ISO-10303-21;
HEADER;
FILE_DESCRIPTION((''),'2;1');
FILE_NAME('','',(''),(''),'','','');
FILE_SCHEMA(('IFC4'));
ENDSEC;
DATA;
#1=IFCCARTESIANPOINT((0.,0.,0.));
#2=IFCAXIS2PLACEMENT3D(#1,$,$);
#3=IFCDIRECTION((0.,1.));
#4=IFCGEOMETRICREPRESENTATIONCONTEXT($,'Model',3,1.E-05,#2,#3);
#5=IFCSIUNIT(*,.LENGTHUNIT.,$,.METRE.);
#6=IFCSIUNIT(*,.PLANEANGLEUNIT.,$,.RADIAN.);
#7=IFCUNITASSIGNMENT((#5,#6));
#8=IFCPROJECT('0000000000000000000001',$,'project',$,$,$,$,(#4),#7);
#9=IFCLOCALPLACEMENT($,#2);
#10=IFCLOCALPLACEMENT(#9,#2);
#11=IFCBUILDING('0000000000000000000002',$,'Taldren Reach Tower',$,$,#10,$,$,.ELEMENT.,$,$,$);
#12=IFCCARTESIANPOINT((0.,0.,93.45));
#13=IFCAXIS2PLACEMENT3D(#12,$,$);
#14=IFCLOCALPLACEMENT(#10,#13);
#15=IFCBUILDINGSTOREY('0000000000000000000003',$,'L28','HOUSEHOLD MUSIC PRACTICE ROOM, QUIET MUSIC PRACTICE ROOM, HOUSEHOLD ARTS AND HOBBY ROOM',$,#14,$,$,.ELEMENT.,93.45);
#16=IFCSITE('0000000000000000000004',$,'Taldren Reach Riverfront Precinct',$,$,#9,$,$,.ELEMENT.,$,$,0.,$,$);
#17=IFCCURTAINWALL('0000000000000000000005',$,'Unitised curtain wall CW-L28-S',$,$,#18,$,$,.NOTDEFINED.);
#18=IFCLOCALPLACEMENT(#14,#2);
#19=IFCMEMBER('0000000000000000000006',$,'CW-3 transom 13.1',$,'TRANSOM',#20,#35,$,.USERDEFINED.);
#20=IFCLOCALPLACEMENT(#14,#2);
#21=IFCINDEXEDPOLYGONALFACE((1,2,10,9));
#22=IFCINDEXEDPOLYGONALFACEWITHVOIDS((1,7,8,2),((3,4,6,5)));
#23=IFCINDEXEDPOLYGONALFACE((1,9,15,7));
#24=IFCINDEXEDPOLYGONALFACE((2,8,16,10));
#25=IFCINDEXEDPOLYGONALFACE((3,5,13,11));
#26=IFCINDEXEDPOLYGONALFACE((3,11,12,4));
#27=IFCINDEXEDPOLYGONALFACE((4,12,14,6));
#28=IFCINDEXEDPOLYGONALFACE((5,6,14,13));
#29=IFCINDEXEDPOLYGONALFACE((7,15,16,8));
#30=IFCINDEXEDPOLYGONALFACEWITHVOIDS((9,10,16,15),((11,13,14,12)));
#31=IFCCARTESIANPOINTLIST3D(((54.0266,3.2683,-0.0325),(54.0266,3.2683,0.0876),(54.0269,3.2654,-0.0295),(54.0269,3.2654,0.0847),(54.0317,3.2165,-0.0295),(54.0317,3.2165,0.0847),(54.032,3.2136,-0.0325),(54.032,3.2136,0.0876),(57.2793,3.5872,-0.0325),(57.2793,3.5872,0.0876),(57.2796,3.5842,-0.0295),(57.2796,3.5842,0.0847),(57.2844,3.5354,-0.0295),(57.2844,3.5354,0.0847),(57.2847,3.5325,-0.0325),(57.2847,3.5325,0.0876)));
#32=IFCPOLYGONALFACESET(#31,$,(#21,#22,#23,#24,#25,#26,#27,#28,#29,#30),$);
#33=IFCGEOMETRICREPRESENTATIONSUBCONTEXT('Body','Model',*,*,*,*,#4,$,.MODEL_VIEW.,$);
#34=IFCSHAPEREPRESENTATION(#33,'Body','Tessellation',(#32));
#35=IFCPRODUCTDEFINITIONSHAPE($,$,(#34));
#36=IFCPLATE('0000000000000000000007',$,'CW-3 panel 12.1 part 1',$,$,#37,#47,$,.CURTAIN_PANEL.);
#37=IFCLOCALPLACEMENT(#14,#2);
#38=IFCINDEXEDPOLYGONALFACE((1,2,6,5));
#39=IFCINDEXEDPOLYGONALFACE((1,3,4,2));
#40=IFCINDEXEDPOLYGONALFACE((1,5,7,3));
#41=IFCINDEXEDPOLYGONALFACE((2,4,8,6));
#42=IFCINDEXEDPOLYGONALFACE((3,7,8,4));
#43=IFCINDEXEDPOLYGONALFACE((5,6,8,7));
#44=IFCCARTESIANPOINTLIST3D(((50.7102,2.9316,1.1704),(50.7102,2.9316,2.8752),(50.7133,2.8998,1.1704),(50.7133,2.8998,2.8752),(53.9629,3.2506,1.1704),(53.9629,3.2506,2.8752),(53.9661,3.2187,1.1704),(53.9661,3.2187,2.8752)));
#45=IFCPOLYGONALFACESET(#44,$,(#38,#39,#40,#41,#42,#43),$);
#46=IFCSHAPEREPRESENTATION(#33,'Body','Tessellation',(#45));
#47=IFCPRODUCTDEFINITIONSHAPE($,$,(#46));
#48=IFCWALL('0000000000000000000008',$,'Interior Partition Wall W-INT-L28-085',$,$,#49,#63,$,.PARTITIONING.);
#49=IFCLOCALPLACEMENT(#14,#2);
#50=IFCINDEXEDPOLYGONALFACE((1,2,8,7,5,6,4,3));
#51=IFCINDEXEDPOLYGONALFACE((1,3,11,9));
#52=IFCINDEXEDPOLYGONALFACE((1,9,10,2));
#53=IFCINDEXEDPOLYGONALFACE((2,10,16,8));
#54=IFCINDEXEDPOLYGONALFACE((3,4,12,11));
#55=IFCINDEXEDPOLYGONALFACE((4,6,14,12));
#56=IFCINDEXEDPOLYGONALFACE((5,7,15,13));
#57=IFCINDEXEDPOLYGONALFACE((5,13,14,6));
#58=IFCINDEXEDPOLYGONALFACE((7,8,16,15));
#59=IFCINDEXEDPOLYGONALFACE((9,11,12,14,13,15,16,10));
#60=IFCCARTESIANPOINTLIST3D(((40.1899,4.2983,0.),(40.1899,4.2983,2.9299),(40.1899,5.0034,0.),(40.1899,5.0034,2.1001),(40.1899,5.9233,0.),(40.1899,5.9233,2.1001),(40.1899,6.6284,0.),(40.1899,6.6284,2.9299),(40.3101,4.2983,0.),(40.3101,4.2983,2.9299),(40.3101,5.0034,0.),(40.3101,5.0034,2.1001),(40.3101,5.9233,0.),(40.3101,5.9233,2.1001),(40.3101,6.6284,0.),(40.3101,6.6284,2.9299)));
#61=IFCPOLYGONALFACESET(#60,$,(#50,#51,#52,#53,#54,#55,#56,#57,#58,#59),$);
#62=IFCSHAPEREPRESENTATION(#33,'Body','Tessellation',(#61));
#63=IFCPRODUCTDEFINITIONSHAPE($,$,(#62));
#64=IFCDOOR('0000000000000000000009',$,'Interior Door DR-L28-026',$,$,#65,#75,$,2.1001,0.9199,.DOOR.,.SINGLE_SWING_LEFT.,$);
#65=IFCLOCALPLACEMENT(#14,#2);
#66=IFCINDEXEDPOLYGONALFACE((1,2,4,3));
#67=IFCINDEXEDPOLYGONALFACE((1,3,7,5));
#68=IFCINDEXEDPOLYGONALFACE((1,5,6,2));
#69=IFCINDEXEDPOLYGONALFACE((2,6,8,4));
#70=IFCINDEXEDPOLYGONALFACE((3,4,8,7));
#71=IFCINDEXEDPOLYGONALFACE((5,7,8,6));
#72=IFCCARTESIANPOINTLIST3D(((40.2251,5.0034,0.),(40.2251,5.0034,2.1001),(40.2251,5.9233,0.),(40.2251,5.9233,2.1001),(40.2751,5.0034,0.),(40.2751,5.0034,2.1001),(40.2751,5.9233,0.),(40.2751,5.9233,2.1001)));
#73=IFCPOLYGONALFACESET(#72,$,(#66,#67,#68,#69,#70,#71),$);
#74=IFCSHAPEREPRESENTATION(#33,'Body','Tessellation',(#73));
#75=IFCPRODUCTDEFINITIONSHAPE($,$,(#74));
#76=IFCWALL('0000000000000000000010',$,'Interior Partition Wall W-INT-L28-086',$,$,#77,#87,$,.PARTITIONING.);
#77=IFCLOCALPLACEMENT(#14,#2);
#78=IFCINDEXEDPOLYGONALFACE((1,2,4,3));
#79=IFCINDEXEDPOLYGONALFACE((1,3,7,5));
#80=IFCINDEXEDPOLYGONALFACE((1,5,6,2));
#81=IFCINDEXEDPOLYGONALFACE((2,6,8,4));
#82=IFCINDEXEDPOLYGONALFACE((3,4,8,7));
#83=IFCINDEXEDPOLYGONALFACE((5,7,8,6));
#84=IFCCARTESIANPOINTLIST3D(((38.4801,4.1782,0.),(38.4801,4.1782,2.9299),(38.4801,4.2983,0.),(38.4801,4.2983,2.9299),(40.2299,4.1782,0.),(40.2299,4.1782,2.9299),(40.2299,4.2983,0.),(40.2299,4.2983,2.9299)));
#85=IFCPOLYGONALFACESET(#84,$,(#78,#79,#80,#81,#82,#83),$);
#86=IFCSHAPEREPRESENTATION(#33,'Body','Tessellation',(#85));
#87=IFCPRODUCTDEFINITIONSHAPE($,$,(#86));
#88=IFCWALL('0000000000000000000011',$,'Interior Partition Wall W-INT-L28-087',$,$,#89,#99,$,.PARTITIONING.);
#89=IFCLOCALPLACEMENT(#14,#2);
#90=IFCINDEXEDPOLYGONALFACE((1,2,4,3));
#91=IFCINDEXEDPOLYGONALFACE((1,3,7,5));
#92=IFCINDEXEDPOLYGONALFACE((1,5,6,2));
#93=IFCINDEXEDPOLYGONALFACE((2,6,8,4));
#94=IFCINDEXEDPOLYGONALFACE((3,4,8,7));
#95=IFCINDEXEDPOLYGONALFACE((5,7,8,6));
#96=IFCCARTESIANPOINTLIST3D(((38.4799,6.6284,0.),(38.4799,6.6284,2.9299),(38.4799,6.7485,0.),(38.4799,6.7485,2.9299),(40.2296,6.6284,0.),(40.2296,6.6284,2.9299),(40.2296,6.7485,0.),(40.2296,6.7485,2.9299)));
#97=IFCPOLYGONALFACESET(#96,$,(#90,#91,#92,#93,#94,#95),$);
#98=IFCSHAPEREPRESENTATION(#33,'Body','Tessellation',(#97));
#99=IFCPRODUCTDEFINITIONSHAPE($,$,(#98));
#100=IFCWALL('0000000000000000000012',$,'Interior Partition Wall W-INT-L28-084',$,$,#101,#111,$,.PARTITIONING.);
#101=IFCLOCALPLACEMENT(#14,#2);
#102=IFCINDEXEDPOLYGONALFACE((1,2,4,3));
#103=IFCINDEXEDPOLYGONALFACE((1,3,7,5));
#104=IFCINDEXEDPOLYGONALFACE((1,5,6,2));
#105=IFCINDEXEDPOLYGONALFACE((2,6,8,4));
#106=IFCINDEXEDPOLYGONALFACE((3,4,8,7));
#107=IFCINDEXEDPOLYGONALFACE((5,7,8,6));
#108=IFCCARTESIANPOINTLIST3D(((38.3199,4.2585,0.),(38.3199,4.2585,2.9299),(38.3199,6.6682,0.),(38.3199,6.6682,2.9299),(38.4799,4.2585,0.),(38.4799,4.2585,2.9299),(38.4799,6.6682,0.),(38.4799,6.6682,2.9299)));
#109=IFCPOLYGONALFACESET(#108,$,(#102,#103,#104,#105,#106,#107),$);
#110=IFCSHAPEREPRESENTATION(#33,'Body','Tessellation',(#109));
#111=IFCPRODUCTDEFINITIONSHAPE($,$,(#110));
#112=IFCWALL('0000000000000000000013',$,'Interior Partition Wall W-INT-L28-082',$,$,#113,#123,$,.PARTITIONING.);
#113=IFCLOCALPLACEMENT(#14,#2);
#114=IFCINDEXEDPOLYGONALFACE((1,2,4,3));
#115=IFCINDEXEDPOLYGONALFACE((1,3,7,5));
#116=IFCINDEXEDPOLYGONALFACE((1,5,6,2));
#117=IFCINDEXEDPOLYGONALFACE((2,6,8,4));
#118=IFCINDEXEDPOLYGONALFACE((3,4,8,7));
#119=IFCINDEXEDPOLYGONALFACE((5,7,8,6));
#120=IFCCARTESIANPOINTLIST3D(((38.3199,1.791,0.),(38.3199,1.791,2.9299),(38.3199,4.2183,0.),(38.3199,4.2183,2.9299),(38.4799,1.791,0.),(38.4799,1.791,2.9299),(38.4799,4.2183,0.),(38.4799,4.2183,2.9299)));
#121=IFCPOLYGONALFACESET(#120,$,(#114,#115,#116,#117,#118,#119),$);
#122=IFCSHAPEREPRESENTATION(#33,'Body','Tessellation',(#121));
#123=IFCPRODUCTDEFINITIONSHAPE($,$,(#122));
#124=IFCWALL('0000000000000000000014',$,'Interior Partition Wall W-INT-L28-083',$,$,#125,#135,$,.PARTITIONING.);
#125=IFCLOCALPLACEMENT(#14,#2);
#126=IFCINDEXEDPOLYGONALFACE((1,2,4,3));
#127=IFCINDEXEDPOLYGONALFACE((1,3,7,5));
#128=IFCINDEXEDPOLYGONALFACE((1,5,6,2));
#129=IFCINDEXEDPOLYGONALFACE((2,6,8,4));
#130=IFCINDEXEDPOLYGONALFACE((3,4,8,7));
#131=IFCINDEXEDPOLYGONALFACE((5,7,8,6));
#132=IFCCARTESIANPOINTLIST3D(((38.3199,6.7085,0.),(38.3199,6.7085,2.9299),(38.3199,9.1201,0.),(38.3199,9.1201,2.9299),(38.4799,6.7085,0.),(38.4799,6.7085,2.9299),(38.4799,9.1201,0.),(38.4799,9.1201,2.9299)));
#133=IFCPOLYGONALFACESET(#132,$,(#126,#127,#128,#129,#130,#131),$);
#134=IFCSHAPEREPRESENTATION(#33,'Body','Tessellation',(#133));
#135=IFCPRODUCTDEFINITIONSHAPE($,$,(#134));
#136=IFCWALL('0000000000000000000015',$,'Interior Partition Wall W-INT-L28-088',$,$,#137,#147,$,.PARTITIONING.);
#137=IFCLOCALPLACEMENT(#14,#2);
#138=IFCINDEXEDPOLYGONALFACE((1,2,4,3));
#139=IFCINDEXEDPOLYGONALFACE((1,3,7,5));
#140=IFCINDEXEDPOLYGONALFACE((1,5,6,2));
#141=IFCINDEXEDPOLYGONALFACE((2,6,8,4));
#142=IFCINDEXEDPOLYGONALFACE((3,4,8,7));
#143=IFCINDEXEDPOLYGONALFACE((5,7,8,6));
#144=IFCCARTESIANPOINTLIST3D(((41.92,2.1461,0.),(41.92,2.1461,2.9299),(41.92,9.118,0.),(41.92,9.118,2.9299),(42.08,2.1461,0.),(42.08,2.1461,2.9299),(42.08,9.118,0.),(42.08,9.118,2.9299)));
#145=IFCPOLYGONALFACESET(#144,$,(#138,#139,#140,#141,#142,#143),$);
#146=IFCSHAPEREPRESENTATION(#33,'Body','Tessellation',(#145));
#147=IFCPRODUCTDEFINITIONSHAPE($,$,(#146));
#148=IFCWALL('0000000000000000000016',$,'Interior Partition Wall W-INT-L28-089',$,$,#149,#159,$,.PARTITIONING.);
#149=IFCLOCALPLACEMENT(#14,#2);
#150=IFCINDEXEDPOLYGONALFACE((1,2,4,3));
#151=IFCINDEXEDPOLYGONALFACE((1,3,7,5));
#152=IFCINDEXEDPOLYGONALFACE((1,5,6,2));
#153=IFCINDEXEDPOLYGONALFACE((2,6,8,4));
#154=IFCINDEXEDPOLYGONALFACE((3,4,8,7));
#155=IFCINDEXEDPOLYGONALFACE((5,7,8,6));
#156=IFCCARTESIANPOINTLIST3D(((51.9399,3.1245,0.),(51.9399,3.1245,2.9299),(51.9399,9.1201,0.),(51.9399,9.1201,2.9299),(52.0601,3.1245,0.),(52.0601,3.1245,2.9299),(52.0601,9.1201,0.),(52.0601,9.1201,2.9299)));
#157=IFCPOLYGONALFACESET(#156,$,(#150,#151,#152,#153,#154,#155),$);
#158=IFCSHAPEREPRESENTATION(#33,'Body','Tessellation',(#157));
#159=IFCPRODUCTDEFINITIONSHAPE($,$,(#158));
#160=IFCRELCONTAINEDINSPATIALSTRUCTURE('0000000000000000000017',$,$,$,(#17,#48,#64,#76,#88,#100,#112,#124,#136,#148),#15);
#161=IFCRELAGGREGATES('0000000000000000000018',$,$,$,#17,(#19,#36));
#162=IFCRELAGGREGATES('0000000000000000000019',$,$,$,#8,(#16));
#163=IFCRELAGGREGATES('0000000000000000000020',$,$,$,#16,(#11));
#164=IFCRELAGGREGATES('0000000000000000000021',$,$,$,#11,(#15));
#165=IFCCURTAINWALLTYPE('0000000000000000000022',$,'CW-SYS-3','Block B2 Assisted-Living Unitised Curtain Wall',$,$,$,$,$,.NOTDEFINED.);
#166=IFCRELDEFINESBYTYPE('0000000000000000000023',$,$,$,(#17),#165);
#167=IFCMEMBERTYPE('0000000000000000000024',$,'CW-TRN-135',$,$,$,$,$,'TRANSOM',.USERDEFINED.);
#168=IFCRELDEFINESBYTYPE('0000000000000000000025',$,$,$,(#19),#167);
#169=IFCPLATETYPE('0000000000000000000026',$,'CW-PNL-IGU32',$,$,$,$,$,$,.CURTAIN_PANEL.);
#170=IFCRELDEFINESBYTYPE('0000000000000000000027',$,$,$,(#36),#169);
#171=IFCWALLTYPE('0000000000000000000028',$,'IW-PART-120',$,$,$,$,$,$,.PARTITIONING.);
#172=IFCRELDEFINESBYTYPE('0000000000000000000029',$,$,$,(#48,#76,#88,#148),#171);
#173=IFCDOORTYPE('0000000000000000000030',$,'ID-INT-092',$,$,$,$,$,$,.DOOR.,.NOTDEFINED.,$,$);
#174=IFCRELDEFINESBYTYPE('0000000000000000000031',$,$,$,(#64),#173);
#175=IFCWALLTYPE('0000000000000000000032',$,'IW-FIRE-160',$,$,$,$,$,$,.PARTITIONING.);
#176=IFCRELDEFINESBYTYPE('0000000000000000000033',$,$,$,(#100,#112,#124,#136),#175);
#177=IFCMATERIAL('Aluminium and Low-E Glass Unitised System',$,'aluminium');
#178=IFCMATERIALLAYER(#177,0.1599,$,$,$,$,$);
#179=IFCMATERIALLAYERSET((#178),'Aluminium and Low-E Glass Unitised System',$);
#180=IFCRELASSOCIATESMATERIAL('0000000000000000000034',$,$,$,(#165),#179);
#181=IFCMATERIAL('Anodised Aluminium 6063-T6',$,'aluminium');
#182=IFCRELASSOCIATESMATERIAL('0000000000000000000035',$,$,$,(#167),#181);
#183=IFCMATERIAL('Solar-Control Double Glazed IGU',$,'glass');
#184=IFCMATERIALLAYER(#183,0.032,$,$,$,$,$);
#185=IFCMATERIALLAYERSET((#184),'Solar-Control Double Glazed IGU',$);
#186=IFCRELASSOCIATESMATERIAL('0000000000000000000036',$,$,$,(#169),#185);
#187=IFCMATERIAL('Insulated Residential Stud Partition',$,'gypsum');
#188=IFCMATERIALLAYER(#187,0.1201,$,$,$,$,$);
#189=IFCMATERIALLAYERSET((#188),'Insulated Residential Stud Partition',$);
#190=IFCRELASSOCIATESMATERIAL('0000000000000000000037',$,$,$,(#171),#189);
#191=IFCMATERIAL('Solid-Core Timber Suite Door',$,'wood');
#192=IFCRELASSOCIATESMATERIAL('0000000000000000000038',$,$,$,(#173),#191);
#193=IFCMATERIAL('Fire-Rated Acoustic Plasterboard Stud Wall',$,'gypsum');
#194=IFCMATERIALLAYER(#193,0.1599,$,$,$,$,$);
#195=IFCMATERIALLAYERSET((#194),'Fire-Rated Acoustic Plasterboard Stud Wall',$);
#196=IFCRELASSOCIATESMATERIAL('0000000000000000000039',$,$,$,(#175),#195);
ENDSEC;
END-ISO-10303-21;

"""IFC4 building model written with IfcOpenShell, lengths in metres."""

from ifc_helpers import new_model, si_unit, direction, frame, frame_2d, origin, origin_2d, place, context, subcontext, project, spatial, rectangle, hollow_rectangle, extrude, source, transform, mapped, material, layer, layer_set, material_profile, profile_set, type_object, element, fill, aggregate, save


model = new_model("IFC4")

# Units and contexts
model_context = context("Model", 3, precision=1e-05, world=origin(), true_north=direction((0.0, 1.0)))
body_context = subcontext(model_context, "Body", "Model", "MODEL_VIEW")
ifc_project = project(units=[si_unit("LENGTHUNIT", "METRE"), si_unit("PLANEANGLEUNIT", "RADIAN")], contexts=[model_context])

# Site, building, storey
site_placement = place(None, origin())
site = spatial("IfcSite", under=ifc_project, at=site_placement, Name="Taldren Reach Riverfront Precinct", CompositionType="ELEMENT", RefElevation=0.0)
building_placement = place(site_placement, origin())
building = spatial("IfcBuilding", under=site, at=building_placement, Name="Taldren Reach Tower", CompositionType="ELEMENT")
storey_placement = place(building_placement, frame((0.0, 0.0, 93.45)))
storey = spatial("IfcBuildingStorey", under=building, at=storey_placement, Name="L28", Description="HOUSEHOLD MUSIC PRACTICE ROOM, QUIET MUSIC PRACTICE ROOM, HOUSEHOLD ARTS AND HOBBY ROOM", CompositionType="ELEMENT", Elevation=93.45)

# Curtain wall, member, plate
ifc_material_1 = material(Name="Aluminium and Low-E Glass Unitised System", Category="aluminium")
ifc_layer_1 = layer(ifc_material_1, 0.1599)
ifc_layer_set_1 = layer_set([ifc_layer_1], Name="Aluminium and Low-E Glass Unitised System")
curtain_wall_type = type_object("IfcCurtainWallType", Name="CW-SYS-3", Description="Block B2 Assisted-Living Unitised Curtain Wall", PredefinedType="NOTDEFINED", material=ifc_layer_set_1)
curtain_wall_placement = place(storey_placement, origin())
curtain_wall = element("IfcCurtainWall", 1, at=curtain_wall_placement, inside=storey, type_object=curtain_wall_type, Name="Unitised curtain wall CW-L28-S", PredefinedType="NOTDEFINED")
ifc_material_2 = material(Name="Anodised Aluminium 6063-T6", Category="aluminium")
ifc_material_profile_1 = material_profile(ifc_material_2, hollow_rectangle(XDim=0.0549, YDim=0.1201, WallThickness=0.0029, at=origin_2d()), Name="ALU-120x55x3RHS")
ifc_profile_set_1 = profile_set([ifc_material_profile_1], Name="Anodised Aluminium 6063-T6")
member_type_1 = type_object("IfcMemberType", Name="CW-TRN-135", ElementType="TRANSOM", PredefinedType="USERDEFINED", material=ifc_profile_set_1)
shared_shape_1 = source(origin(), body_context, "Body", "SweptSolid", [
    extrude(hollow_rectangle(XDim=0.0549, YDim=0.1201, WallThickness=0.0029, at=origin_2d()), origin(), (0.0, 0.0, 1.0), 3.2683),
])
member_1_placement = place(storey_placement, frame((54.0293, 3.241, 0.0276), z_axis=(0.99523, 0.097558, 0.0), x_axis=(-0.097558, 0.99523, 0.0)))
member_1 = element("IfcMember", 2, at=member_1_placement, type_object=member_type_1, Name="CW-3 transom 13.1", ObjectType="TRANSOM", PredefinedType="USERDEFINED", context=body_context, shape_type="MappedRepresentation", body=[
    mapped(shared_shape_1, transform((0.0, 0.0, 0.0), scale=1.0)),
])
ifc_material_3 = material(Name="Solar-Control Double Glazed IGU", Category="glass")
ifc_layer_2 = layer(ifc_material_3, 0.032)
ifc_layer_set_2 = layer_set([ifc_layer_2], Name="Solar-Control Double Glazed IGU")
plate_type = type_object("IfcPlateType", Name="CW-PNL-IGU32", PredefinedType="CURTAIN_PANEL", material=ifc_layer_set_2)
shared_shape_2 = source(origin(), body_context, "Body", "SweptSolid", [
    extrude(rectangle(XDim=3.2683, YDim=0.032, at=origin_2d()), origin(), (0.0, 0.0, 1.0), 1.7048),
])
plate_placement = place(storey_placement, frame((52.3381, 3.0752, 1.1704), z_axis=(0.0, 0.0, 1.0), x_axis=(0.995227, 0.097583, 0.0)))
plate = element("IfcPlate", 3, at=plate_placement, type_object=plate_type, Name="CW-3 panel 12.1 part 1", PredefinedType="CURTAIN_PANEL", context=body_context, shape_type="MappedRepresentation", body=[
    mapped(shared_shape_2, transform((0.0, 0.0, 0.0), scale=1.0)),
])
aggregate(curtain_wall, [member_1, plate])

# Wall, opening, door
ifc_material_4 = material(Name="Insulated Residential Stud Partition", Category="gypsum")
ifc_layer_3 = layer(ifc_material_4, 0.1201)
ifc_layer_set_3 = layer_set([ifc_layer_3], Name="Insulated Residential Stud Partition")
wall_type_1 = type_object("IfcWallType", Name="IW-PART-120", PredefinedType="PARTITIONING", material=ifc_layer_set_3)
shared_shape_3 = source(origin(), body_context, "Body", "SweptSolid", [
    extrude(rectangle(XDim=2.3301, YDim=0.1201, at=frame_2d((1.165, 0.0))), origin(), (0.0, 0.0, 1.0), 2.9299),
])
wall_1_placement = place(storey_placement, frame((40.25, 4.2983, 0.0), z_axis=(0.0, 0.0, 1.0), x_axis=(0.0, 1.0, 0.0)))
wall_1 = element("IfcWall", 4, at=wall_1_placement, inside=storey, type_object=wall_type_1, Name="Interior Partition Wall W-INT-L28-085", PredefinedType="PARTITIONING", context=body_context, shape_type="MappedRepresentation", body=[
    mapped(shared_shape_3, transform((0.0, 0.0, 0.0), scale=1.0)),
])
shared_shape_4 = source(origin(), body_context, "Body", "SweptSolid", [
    extrude(rectangle(XDim=0.9199, YDim=2.1001, at=frame_2d((0.46, 1.05))), frame((0.0, 0.0701, 0.0), z_axis=(0.0, -1.0, 0.0), x_axis=(1.0, 0.0, 0.0)), (0.0, 0.0, 1.0), 0.1401),
])
opening_placement = place(wall_1_placement, frame((0.7051, 0.0, 0.0)))
opening = element("IfcOpeningElement", 5, at=opening_placement, cuts=wall_1, PredefinedType="OPENING", context=body_context, shape_type="MappedRepresentation", body=[
    mapped(shared_shape_4, transform((0.0, 0.0, 0.0), scale=1.0)),
])
ifc_material_5 = material(Name="Solid-Core Timber Suite Door", Category="wood")
door_type = type_object("IfcDoorType", Name="ID-INT-092", OperationType="NOTDEFINED", PredefinedType="DOOR", material=ifc_material_5)
shared_shape_5 = source(origin(), body_context, "Body", "SweptSolid", [
    extrude(rectangle(XDim=0.9199, YDim=2.1001, at=frame_2d((0.46, 1.05))), frame((0.0, 0.0249, 0.0), z_axis=(0.0, -1.0, 0.0), x_axis=(1.0, 0.0, 0.0)), (0.0, 0.0, 1.0), 0.05),
])
door_placement = place(opening_placement, origin())
door = element("IfcDoor", 6, at=door_placement, inside=storey, type_object=door_type, Name="Interior Door DR-L28-026", OperationType="SINGLE_SWING_LEFT", OverallHeight=2.1001, OverallWidth=0.9199, PredefinedType="DOOR", context=body_context, shape_type="MappedRepresentation", body=[
    mapped(shared_shape_5, transform((0.0, 0.0, 0.0), scale=1.0)),
])
fill(opening, door)

# Walls
shared_shape_6 = source(origin(), body_context, "Body", "SweptSolid", [
    extrude(rectangle(XDim=1.7498, YDim=0.1201, at=frame_2d((0.875, 0.0))), origin(), (0.0, 0.0, 1.0), 2.9299),
])
for number, where, z_axis, x_axis, name in (
    (7, (38.48, 4.2383, 0.0), (0.0, 0.0, 1.0), (1.0, 0.0, 0.0), "Interior Partition Wall W-INT-L28-086"),
    (8, (40.2297, 6.6885, 0.0), (0.0, 0.0, 1.0), (-1.0, 0.0, 0.0), "Interior Partition Wall W-INT-L28-087"),
):
    element("IfcWall", number, at=place(storey_placement, frame(where, z_axis=z_axis, x_axis=x_axis)), inside=storey, type_object=wall_type_1, Name=name, PredefinedType="PARTITIONING", context=body_context, shape_type="MappedRepresentation", body=[
        mapped(shared_shape_6, transform((0.0, 0.0, 0.0), scale=1.0)),
    ])
ifc_material_6 = material(Name="Fire-Rated Acoustic Plasterboard Stud Wall", Category="gypsum")
ifc_layer_4 = layer(ifc_material_6, 0.1599)
ifc_layer_set_4 = layer_set([ifc_layer_4], Name="Fire-Rated Acoustic Plasterboard Stud Wall")
wall_type_2 = type_object("IfcWallType", Name="IW-FIRE-160", PredefinedType="PARTITIONING", material=ifc_layer_set_4)
shared_shape_7 = source(origin(), body_context, "Body", "SweptSolid", [
    extrude(rectangle(XDim=2.4097, YDim=0.1599, at=frame_2d((1.2048, 0.0))), origin(), (0.0, 0.0, 1.0), 2.9299),
])
wall_2_placement = place(storey_placement, frame((38.3999, 6.6682, 0.0), z_axis=(0.0, 0.0, 1.0), x_axis=(0.0, -1.0, 0.0)))
element("IfcWall", 9, at=wall_2_placement, inside=storey, type_object=wall_type_2, Name="Interior Partition Wall W-INT-L28-084", PredefinedType="PARTITIONING", context=body_context, shape_type="MappedRepresentation", body=[
    mapped(shared_shape_7, transform((0.0, 0.0, 0.0), scale=1.0)),
])
shared_shape_8 = source(origin(), body_context, "Body", "SweptSolid", [
    extrude(rectangle(XDim=2.4272, YDim=0.1599, at=frame_2d((1.2136, 0.0))), origin(), (0.0, 0.0, 1.0), 2.9299),
])
wall_3_placement = place(storey_placement, frame((38.3999, 4.2183, 0.0), z_axis=(0.0, 0.0, 1.0), x_axis=(0.0, -1.0, 0.0)))
element("IfcWall", 10, at=wall_3_placement, inside=storey, type_object=wall_type_2, Name="Interior Partition Wall W-INT-L28-082", PredefinedType="PARTITIONING", context=body_context, shape_type="MappedRepresentation", body=[
    mapped(shared_shape_8, transform((0.0, 0.0, 0.0), scale=1.0)),
])
shared_shape_9 = source(origin(), body_context, "Body", "SweptSolid", [
    extrude(rectangle(XDim=2.4116, YDim=0.1599, at=frame_2d((1.2058, 0.0))), origin(), (0.0, 0.0, 1.0), 2.9299),
])
wall_4_placement = place(storey_placement, frame((38.3999, 9.1201, 0.0), z_axis=(0.0, 0.0, 1.0), x_axis=(0.0, -1.0, 0.0)))
element("IfcWall", 11, at=wall_4_placement, inside=storey, type_object=wall_type_2, Name="Interior Partition Wall W-INT-L28-083", PredefinedType="PARTITIONING", context=body_context, shape_type="MappedRepresentation", body=[
    mapped(shared_shape_9, transform((0.0, 0.0, 0.0), scale=1.0)),
])
shared_shape_10 = source(origin(), body_context, "Body", "SweptSolid", [
    extrude(rectangle(XDim=6.9719, YDim=0.1599, at=frame_2d((3.4858, 0.0))), origin(), (0.0, 0.0, 1.0), 2.9299),
])
wall_5_placement = place(storey_placement, frame((42.0, 9.1179, 0.0), z_axis=(0.0, 0.0, 1.0), x_axis=(0.0, -1.0, 0.0)))
element("IfcWall", 12, at=wall_5_placement, inside=storey, type_object=wall_type_2, Name="Interior Partition Wall W-INT-L28-088", PredefinedType="PARTITIONING", context=body_context, shape_type="MappedRepresentation", body=[
    mapped(shared_shape_10, transform((0.0, 0.0, 0.0), scale=1.0)),
])
shared_shape_11 = source(origin(), body_context, "Body", "SweptSolid", [
    extrude(rectangle(XDim=5.9956, YDim=0.1201, at=frame_2d((2.9978, 0.0))), origin(), (0.0, 0.0, 1.0), 2.9299),
])
wall_6_placement = place(storey_placement, frame((52.0, 9.1201, 0.0), z_axis=(0.0, 0.0, 1.0), x_axis=(0.0, -1.0, 0.0)))
element("IfcWall", 13, at=wall_6_placement, inside=storey, type_object=wall_type_1, Name="Interior Partition Wall W-INT-L28-089", PredefinedType="PARTITIONING", context=body_context, shape_type="MappedRepresentation", body=[
    mapped(shared_shape_11, transform((0.0, 0.0, 0.0), scale=1.0)),
])

save(model, "model.ifc")
